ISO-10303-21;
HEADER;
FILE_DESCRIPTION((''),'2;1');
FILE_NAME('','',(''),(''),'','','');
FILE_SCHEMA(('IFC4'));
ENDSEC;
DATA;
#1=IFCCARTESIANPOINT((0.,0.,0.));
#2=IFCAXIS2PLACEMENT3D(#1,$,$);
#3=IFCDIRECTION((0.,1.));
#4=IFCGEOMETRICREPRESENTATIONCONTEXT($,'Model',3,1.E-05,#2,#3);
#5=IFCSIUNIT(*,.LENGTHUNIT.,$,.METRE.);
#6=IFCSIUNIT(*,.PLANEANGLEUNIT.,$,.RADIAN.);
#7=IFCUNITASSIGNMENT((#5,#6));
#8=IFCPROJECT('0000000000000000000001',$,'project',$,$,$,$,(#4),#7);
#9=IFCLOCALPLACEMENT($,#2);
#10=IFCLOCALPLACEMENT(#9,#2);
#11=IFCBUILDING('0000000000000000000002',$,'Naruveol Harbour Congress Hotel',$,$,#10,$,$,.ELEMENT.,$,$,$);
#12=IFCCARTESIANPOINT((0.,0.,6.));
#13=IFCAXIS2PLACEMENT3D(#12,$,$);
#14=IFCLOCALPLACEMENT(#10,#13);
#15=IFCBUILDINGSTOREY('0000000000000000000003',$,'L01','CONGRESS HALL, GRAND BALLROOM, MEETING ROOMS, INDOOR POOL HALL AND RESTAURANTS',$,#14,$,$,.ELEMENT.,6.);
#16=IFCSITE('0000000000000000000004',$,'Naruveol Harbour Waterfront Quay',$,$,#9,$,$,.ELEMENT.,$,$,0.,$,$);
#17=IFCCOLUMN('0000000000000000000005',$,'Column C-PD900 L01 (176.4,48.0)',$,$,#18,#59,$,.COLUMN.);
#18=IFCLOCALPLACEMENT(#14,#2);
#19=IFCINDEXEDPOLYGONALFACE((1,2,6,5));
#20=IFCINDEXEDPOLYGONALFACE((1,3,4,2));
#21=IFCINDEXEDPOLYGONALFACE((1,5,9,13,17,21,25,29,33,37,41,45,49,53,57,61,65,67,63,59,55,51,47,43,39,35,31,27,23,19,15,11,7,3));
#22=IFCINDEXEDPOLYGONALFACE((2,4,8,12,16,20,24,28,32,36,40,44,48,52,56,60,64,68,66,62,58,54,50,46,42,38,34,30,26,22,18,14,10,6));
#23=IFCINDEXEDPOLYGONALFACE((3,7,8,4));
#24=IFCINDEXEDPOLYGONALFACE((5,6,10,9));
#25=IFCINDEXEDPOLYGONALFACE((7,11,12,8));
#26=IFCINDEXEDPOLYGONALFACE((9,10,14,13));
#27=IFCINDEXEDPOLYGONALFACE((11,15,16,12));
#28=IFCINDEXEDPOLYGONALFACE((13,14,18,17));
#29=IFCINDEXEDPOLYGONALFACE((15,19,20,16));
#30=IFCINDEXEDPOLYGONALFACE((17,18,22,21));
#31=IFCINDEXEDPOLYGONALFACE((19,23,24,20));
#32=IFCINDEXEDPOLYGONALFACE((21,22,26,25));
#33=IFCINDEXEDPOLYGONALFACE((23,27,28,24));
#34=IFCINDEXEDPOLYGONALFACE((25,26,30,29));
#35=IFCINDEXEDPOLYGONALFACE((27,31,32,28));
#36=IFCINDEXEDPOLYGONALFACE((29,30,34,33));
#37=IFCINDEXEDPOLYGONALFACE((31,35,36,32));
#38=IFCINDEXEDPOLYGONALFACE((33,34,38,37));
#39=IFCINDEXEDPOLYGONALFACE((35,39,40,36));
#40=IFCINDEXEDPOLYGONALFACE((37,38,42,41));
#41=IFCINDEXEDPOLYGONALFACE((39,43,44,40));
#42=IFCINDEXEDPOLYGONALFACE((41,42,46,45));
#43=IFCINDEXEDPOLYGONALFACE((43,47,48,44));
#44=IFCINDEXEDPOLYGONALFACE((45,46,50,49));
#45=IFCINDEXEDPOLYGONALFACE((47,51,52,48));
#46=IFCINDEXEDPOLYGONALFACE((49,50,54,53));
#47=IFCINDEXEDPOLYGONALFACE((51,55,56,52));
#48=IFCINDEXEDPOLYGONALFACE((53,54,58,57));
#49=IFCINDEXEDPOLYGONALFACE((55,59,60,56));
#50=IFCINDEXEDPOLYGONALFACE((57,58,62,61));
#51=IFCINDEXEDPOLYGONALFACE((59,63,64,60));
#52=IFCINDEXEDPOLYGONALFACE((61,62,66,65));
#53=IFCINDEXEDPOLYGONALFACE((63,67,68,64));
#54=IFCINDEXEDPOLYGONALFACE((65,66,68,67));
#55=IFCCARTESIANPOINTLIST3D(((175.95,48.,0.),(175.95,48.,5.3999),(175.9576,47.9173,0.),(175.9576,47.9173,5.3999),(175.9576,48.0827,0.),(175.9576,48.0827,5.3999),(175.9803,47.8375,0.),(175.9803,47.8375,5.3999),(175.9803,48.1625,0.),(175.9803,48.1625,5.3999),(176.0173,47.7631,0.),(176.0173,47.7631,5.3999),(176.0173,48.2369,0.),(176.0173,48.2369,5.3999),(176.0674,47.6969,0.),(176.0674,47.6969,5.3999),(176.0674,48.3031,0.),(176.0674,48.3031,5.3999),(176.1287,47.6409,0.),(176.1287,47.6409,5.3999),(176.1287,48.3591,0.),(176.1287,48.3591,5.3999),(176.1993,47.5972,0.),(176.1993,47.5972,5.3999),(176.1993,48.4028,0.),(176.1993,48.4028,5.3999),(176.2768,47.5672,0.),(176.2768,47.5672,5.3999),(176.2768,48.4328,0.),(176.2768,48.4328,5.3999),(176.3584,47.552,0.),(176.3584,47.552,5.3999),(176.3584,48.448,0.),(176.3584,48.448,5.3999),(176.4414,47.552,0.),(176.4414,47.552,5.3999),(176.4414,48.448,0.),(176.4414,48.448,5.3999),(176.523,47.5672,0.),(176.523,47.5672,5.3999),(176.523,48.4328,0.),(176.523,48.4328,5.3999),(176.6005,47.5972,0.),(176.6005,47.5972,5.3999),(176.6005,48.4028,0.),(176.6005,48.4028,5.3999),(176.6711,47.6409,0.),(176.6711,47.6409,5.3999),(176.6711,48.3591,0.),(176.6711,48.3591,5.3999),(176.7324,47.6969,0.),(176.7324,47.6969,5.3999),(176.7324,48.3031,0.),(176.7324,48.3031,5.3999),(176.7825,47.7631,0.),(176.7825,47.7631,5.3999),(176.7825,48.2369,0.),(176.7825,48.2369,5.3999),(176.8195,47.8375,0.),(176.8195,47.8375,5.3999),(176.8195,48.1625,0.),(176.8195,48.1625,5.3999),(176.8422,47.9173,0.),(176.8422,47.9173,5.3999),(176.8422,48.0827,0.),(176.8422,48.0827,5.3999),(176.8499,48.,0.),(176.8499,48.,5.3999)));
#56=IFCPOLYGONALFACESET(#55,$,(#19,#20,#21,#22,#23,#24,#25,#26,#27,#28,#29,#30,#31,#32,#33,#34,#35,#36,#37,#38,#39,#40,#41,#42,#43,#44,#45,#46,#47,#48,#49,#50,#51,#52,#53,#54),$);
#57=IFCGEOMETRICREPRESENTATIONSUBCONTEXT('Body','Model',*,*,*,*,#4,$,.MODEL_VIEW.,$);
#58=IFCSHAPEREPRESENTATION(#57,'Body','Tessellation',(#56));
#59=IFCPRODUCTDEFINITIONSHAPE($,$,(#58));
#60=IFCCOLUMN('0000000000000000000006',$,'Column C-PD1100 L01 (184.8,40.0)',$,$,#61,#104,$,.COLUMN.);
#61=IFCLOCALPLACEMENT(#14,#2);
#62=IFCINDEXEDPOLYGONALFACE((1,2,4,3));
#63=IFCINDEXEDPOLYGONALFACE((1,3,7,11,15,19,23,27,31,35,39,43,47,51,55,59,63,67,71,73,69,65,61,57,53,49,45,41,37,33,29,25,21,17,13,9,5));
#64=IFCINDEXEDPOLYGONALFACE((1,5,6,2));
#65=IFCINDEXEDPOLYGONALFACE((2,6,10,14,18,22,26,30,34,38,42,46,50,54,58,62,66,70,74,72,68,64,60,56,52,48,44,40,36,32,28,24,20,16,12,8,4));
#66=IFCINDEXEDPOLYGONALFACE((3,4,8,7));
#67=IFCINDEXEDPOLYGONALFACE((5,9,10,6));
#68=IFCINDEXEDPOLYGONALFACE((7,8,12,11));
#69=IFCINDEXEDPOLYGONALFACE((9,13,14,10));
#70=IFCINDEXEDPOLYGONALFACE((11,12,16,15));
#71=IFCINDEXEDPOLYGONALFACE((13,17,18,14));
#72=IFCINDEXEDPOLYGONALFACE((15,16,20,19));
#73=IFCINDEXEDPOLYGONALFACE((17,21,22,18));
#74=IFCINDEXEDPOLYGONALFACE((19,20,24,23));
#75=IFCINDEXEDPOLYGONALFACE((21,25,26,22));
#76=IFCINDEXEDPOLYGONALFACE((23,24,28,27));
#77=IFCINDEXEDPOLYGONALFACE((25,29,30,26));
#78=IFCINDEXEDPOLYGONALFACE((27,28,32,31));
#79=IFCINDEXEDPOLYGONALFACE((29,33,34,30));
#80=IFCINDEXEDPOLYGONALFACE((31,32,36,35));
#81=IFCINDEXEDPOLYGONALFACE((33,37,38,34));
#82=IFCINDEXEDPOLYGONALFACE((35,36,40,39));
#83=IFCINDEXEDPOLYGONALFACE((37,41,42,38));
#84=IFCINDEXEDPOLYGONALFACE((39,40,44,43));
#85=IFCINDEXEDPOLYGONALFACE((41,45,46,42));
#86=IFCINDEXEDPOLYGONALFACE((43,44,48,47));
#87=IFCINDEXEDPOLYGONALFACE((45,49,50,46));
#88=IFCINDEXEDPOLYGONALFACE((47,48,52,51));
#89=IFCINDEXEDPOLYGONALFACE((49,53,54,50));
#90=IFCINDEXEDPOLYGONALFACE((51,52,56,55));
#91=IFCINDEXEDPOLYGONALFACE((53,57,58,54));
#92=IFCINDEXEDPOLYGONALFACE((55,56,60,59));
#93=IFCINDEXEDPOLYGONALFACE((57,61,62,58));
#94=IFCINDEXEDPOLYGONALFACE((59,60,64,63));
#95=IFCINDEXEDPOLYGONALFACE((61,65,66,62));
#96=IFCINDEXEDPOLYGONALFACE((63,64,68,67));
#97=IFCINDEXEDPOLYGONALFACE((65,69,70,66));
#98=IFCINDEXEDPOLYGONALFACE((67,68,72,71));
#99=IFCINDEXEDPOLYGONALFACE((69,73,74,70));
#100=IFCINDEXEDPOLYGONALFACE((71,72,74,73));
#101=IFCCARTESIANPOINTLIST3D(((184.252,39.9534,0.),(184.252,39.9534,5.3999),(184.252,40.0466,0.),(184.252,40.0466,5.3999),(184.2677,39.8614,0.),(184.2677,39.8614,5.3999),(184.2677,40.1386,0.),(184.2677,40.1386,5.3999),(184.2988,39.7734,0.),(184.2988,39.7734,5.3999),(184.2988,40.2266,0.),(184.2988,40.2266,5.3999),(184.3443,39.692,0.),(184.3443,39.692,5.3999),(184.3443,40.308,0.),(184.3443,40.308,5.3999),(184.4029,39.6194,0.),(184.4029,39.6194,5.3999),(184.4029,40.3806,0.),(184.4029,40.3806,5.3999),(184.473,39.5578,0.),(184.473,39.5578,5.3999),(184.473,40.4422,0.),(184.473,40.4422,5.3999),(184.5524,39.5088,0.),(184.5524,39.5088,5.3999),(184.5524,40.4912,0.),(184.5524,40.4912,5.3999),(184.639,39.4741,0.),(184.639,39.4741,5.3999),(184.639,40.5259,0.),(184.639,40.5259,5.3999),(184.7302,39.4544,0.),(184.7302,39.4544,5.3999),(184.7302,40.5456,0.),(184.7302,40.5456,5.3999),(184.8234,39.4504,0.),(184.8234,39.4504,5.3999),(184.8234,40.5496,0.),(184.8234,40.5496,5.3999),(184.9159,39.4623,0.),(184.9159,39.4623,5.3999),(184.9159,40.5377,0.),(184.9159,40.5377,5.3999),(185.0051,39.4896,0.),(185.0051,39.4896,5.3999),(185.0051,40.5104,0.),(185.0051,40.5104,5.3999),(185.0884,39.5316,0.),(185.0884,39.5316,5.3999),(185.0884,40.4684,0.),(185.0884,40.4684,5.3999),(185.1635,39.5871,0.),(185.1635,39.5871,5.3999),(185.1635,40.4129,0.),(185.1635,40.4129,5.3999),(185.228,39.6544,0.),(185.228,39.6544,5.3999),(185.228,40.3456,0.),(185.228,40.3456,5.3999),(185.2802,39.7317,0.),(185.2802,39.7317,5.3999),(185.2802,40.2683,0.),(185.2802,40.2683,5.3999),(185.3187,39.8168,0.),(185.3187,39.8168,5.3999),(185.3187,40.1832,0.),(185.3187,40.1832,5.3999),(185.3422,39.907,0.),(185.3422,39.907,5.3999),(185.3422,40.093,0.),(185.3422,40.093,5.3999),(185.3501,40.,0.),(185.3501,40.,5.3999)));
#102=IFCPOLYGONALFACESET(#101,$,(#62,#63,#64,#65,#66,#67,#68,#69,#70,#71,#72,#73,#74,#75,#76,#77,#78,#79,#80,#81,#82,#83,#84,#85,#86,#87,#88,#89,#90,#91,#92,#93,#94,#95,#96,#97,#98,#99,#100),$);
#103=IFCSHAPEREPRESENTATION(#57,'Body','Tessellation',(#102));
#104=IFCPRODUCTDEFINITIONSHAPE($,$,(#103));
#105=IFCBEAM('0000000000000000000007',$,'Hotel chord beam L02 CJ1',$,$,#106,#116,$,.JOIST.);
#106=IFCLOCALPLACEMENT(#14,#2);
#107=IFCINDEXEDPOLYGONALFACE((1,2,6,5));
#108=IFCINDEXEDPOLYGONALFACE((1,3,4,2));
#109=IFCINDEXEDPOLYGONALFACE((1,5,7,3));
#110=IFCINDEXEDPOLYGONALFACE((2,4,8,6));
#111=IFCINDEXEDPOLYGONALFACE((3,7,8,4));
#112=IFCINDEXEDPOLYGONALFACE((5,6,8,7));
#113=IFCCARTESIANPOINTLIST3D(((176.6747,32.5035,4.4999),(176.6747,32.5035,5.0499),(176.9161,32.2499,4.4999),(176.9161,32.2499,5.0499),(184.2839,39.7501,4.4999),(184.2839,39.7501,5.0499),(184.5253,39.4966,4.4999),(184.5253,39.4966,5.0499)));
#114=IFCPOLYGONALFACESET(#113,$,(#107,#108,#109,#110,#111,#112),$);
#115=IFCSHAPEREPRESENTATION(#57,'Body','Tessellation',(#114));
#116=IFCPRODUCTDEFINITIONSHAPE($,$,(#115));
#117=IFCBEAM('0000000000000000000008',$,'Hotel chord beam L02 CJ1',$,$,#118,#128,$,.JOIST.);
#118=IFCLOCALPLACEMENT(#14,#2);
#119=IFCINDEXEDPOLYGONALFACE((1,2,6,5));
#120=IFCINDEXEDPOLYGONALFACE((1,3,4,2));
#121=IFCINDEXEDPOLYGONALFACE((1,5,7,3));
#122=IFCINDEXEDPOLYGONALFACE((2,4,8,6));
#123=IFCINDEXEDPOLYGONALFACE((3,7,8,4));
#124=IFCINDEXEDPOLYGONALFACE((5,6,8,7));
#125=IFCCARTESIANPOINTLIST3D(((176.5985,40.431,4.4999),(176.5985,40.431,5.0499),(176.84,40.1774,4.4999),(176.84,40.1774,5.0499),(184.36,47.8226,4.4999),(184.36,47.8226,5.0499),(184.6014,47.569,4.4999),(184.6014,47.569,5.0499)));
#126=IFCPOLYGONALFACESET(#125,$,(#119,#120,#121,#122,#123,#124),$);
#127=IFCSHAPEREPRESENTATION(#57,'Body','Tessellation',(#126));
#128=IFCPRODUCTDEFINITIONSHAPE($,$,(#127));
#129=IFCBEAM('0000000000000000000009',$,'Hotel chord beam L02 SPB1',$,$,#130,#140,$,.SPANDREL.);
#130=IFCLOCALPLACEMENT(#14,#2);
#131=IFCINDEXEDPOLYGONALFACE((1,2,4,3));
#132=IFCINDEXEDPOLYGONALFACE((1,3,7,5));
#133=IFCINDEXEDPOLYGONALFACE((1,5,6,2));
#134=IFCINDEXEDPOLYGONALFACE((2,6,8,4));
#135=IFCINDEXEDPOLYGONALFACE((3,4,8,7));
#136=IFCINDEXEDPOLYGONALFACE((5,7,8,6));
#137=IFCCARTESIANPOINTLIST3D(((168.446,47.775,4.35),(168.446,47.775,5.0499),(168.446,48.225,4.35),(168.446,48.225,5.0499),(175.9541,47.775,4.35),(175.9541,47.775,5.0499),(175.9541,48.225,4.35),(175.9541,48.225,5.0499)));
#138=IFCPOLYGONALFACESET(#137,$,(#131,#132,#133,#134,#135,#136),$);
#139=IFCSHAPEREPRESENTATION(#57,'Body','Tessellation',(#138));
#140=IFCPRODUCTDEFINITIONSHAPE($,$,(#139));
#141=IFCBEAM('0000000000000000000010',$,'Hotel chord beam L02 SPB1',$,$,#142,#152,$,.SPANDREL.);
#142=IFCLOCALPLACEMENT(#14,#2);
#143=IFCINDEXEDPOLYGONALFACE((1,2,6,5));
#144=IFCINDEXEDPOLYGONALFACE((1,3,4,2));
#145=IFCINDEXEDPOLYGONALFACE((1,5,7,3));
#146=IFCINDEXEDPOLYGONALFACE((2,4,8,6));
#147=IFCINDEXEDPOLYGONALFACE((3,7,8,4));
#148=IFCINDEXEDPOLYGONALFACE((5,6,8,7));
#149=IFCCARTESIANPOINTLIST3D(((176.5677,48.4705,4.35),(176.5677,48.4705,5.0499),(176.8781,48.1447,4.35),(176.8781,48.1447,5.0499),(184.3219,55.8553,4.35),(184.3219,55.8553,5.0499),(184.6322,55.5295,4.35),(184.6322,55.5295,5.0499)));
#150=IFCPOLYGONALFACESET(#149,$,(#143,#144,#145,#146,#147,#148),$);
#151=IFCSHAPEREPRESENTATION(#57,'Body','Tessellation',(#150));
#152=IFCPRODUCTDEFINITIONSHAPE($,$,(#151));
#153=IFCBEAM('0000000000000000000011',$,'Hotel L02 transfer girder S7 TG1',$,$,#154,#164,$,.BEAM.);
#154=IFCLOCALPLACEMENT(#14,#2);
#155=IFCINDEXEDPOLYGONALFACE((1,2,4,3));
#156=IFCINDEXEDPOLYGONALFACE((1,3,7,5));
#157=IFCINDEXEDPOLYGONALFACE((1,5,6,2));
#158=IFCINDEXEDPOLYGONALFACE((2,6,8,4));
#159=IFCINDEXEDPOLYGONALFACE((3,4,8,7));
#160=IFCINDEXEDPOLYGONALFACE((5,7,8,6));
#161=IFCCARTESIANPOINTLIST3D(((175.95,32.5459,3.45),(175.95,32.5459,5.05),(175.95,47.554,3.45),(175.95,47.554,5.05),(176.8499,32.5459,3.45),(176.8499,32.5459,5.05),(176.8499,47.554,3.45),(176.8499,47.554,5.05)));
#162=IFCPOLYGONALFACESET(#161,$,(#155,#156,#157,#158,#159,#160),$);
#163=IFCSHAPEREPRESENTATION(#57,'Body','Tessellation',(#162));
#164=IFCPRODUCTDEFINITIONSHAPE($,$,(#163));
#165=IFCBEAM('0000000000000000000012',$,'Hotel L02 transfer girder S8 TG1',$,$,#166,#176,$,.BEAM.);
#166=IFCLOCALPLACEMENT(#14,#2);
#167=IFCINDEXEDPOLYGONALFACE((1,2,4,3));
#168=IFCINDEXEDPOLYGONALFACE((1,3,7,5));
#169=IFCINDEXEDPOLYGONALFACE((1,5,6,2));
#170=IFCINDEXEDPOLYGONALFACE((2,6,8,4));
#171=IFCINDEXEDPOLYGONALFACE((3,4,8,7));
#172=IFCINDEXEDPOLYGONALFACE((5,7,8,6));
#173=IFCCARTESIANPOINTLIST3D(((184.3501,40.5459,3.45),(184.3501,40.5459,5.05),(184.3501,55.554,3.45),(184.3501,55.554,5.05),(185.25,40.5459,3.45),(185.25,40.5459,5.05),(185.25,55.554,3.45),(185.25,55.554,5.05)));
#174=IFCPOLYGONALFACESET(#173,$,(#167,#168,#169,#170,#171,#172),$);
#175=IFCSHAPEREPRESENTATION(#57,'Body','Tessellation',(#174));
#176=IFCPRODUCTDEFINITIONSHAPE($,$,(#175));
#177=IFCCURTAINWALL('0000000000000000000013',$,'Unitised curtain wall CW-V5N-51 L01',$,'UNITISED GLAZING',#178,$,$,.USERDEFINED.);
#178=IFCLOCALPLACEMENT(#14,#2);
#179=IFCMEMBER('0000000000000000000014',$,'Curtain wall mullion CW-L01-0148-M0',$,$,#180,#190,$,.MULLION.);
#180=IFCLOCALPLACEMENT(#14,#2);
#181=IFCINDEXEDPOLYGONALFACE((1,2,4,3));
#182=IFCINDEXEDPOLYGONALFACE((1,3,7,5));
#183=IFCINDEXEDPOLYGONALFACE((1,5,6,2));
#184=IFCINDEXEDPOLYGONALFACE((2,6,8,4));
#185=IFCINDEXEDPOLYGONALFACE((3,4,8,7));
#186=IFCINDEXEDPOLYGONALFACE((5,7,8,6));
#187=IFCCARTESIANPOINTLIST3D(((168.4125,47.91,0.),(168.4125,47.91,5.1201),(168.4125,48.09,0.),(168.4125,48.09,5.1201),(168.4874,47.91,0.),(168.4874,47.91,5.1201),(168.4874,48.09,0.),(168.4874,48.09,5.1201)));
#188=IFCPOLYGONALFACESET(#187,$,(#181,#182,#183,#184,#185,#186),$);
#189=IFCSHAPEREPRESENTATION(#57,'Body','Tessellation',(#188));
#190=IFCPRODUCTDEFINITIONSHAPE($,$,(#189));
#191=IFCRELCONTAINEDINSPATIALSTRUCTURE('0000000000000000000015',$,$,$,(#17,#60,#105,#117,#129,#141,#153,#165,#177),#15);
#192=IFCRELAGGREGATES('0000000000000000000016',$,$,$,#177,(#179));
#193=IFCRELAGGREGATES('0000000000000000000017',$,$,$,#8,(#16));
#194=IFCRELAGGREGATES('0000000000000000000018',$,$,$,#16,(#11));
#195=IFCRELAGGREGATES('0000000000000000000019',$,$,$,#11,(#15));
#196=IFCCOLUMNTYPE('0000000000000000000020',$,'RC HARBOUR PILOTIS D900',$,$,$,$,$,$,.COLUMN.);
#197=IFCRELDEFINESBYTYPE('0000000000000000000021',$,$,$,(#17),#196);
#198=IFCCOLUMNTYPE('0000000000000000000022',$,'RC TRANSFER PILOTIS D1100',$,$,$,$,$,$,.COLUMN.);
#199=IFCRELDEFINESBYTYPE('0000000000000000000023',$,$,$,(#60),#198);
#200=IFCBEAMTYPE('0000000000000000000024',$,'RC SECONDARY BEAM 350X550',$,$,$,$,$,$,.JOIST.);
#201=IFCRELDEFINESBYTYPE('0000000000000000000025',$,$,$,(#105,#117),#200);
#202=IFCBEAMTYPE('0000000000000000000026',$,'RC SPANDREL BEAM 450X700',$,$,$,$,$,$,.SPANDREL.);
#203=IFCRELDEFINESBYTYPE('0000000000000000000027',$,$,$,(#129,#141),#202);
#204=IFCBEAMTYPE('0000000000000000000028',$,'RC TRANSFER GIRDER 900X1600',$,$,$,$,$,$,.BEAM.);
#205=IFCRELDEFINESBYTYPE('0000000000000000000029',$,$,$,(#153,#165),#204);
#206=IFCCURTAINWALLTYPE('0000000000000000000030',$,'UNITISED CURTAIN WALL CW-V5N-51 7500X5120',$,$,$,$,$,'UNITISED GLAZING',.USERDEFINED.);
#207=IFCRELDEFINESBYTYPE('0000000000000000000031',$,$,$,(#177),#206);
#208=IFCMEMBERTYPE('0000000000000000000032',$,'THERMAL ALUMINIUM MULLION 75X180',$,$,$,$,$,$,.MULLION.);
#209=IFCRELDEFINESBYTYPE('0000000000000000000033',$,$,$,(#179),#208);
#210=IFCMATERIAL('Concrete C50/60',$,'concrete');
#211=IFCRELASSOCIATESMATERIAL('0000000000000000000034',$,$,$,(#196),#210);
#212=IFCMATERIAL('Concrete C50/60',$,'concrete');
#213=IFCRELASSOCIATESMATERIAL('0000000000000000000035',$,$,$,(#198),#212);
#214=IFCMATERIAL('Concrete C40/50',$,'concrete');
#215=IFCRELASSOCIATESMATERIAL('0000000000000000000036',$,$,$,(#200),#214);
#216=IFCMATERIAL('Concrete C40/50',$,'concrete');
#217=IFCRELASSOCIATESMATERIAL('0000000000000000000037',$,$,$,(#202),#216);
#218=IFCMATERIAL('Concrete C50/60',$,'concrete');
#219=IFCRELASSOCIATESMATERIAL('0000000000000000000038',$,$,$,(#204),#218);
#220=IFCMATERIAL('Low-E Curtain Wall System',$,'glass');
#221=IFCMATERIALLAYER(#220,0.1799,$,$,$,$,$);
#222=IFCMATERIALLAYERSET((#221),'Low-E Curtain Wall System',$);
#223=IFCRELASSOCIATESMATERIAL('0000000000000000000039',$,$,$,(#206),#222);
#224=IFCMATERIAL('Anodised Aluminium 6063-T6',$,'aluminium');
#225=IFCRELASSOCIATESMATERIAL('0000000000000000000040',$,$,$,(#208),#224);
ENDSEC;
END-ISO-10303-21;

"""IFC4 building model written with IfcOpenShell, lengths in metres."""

from ifc_helpers import new_model, si_unit, direction, frame, origin, origin_2d, place, context, subcontext, project, spatial, rectangle, circle, extrude, material, layer, layer_set, material_profile, profile_set, type_object, element, aggregate, save


model = new_model("IFC4")

# Units and contexts
model_context = context("Model", 3, precision=1e-05, world=origin(), true_north=direction((0.0, 1.0)))
body_context = subcontext(model_context, "Body", "Model", "MODEL_VIEW")
ifc_project = project(units=[si_unit("LENGTHUNIT", "METRE"), si_unit("PLANEANGLEUNIT", "RADIAN")], contexts=[model_context])

# Site, building, storey
site_placement = place(None, origin())
site = spatial("IfcSite", under=ifc_project, at=site_placement, Name="Naruveol Harbour Waterfront Quay", CompositionType="ELEMENT", RefElevation=0.0)
building_placement = place(site_placement, origin())
building = spatial("IfcBuilding", under=site, at=building_placement, Name="Naruveol Harbour Congress Hotel", CompositionType="ELEMENT")
storey_placement = place(building_placement, frame((0.0, 0.0, 6.0)))
storey = spatial("IfcBuildingStorey", under=building, at=storey_placement, Name="L01", Description="CONGRESS HALL, GRAND BALLROOM, MEETING ROOMS, INDOOR POOL HALL AND RESTAURANTS", CompositionType="ELEMENT", Elevation=6.0)

# Columns
ifc_material_1 = material(Name="Concrete C50/60", Category="concrete")
ifc_material_profile_1 = material_profile(ifc_material_1, circle(Radius=0.45, at=origin_2d()), Name="RC-D900")
ifc_profile_set_1 = profile_set([ifc_material_profile_1], Name="Concrete C50/60")
column_type_1 = type_object("IfcColumnType", Name="RC HARBOUR PILOTIS D900", PredefinedType="COLUMN", material=ifc_profile_set_1)
column_1_placement = place(storey_placement, frame((176.3999, 48.0, 0.0), z_axis=(0.0, 0.0, 1.0), x_axis=(1.0, 0.0, 0.0)))
element("IfcColumn", 1, at=column_1_placement, inside=storey, type_object=column_type_1, Name="Column C-PD900 L01 (176.4,48.0)", PredefinedType="COLUMN", context=body_context, shape_type="SweptSolid", body=[
    extrude(circle(Radius=0.45, at=origin_2d()), origin(), (0.0, 0.0, 1.0), 5.3999),
])
ifc_material_2 = material(Name="Concrete C50/60", Category="concrete")
ifc_material_profile_2 = material_profile(ifc_material_2, circle(Radius=0.55, at=origin_2d()), Name="RC-D1100")
ifc_profile_set_2 = profile_set([ifc_material_profile_2], Name="Concrete C50/60")
column_type_2 = type_object("IfcColumnType", Name="RC TRANSFER PILOTIS D1100", PredefinedType="COLUMN", material=ifc_profile_set_2)
column_2_placement = place(storey_placement, frame((184.8, 40.0, 0.0), z_axis=(0.0, 0.0, 1.0), x_axis=(1.0, 0.0, 0.0)))
element("IfcColumn", 2, at=column_2_placement, inside=storey, type_object=column_type_2, Name="Column C-PD1100 L01 (184.8,40.0)", PredefinedType="COLUMN", context=body_context, shape_type="SweptSolid", body=[
    extrude(circle(Radius=0.55, at=origin_2d()), origin(), (0.0, 0.0, 1.0), 5.3999),
])

# Beams
ifc_material_3 = material(Name="Concrete C40/50", Category="concrete")
ifc_material_profile_3 = material_profile(ifc_material_3, rectangle(XDim=0.3501, YDim=0.55, at=origin_2d()), Name="RCB-350x550")
ifc_profile_set_3 = profile_set([ifc_material_profile_3], Name="Concrete C40/50")
beam_type_1 = type_object("IfcBeamType", Name="RC SECONDARY BEAM 350X550", PredefinedType="JOIST", material=ifc_profile_set_3)
beam_1_placement = place(storey_placement, frame((176.7954, 32.3767, 4.7749), z_axis=(0.724148, 0.689645, 0.0), x_axis=(-0.689645, 0.724148, 0.0)))
element("IfcBeam", 3, at=beam_1_placement, inside=storey, type_object=beam_type_1, Name="Hotel chord beam L02 CJ1", PredefinedType="JOIST", context=body_context, shape_type="SweptSolid", body=[
    extrude(rectangle(XDim=0.3501, YDim=0.55, at=origin_2d()), origin(), (0.0, 0.0, 1.0), 10.5078),
])
beam_2_placement = place(storey_placement, frame((176.7192, 40.3042, 4.7749), z_axis=(0.724151, 0.689642, 0.0), x_axis=(-0.689642, 0.724151, 0.0)))
element("IfcBeam", 4, at=beam_2_placement, inside=storey, type_object=beam_type_1, Name="Hotel chord beam L02 CJ1", PredefinedType="JOIST", context=body_context, shape_type="SweptSolid", body=[
    extrude(rectangle(XDim=0.3501, YDim=0.55, at=origin_2d()), origin(), (0.0, 0.0, 1.0), 10.718),
])
ifc_material_4 = material(Name="Concrete C40/50", Category="concrete")
ifc_material_profile_4 = material_profile(ifc_material_4, rectangle(XDim=0.45, YDim=0.7, at=origin_2d()), Name="RCB-450x700")
ifc_profile_set_4 = profile_set([ifc_material_profile_4], Name="Concrete C40/50")
beam_type_2 = type_object("IfcBeamType", Name="RC SPANDREL BEAM 450X700", PredefinedType="SPANDREL", material=ifc_profile_set_4)
beam_3_placement = place(storey_placement, frame((168.446, 48.0, 4.7), z_axis=(1.0, 0.0, 0.0), x_axis=(0.0, 1.0, 0.0)))
element("IfcBeam", 5, at=beam_3_placement, inside=storey, type_object=beam_type_2, Name="Hotel chord beam L02 SPB1", PredefinedType="SPANDREL", context=body_context, shape_type="SweptSolid", body=[
    extrude(rectangle(XDim=0.45, YDim=0.7, at=origin_2d()), origin(), (0.0, 0.0, 1.0), 7.5081),
])
beam_4_placement = place(storey_placement, frame((176.7229, 48.3076, 4.7), z_axis=(0.724144, 0.689648, 0.0), x_axis=(-0.689648, 0.724144, 0.0)))
element("IfcBeam", 6, at=beam_4_placement, inside=storey, type_object=beam_type_2, Name="Hotel chord beam L02 SPB1", PredefinedType="SPANDREL", context=body_context, shape_type="SweptSolid", body=[
    extrude(rectangle(XDim=0.45, YDim=0.7, at=origin_2d()), origin(), (0.0, 0.0, 1.0), 10.708),
])
ifc_material_5 = material(Name="Concrete C50/60", Category="concrete")
ifc_material_profile_5 = material_profile(ifc_material_5, rectangle(XDim=0.8999, YDim=1.6001, at=origin_2d()), Name="RCB-900x1600")
ifc_profile_set_5 = profile_set([ifc_material_profile_5], Name="Concrete C50/60")
beam_type_3 = type_object("IfcBeamType", Name="RC TRANSFER GIRDER 900X1600", PredefinedType="BEAM", material=ifc_profile_set_5)
for number, where, z_axis, x_axis, name in (
    (7, (176.3999, 32.5459, 4.25), (0.0, 1.0, 0.0), (-1.0, 0.0, 0.0), "Hotel L02 transfer girder S7 TG1"),
    (8, (184.8, 40.5459, 4.25), (0.0, 1.0, 0.0), (-1.0, 0.0, 0.0), "Hotel L02 transfer girder S8 TG1"),
):
    element("IfcBeam", number, at=place(storey_placement, frame(where, z_axis=z_axis, x_axis=x_axis)), inside=storey, type_object=beam_type_3, Name=name, PredefinedType="BEAM", context=body_context, shape_type="SweptSolid", body=[
        extrude(rectangle(XDim=0.8999, YDim=1.6001, at=origin_2d()), origin(), (0.0, 0.0, 1.0), 15.0081),
    ])

# Curtain wall, member
ifc_material_6 = material(Name="Low-E Curtain Wall System", Category="glass")
ifc_layer_1 = layer(ifc_material_6, 0.1799)
ifc_layer_set_1 = layer_set([ifc_layer_1], Name="Low-E Curtain Wall System")
curtain_wall_type_1 = type_object("IfcCurtainWallType", Name="UNITISED CURTAIN WALL CW-V5N-51 7500X5120", ElementType="UNITISED GLAZING", PredefinedType="USERDEFINED", material=ifc_layer_set_1)
curtain_wall_1_placement = place(storey_placement, origin())
curtain_wall_1 = element("IfcCurtainWall", 9, at=curtain_wall_1_placement, inside=storey, type_object=curtain_wall_type_1, Name="Unitised curtain wall CW-V5N-51 L01", ObjectType="UNITISED GLAZING", PredefinedType="USERDEFINED")
ifc_material_7 = material(Name="Anodised Aluminium 6063-T6", Category="aluminium")
ifc_material_profile_6 = material_profile(ifc_material_7, rectangle(XDim=0.075, YDim=0.1799, at=origin_2d()), Name="ALU-75x180")
ifc_profile_set_6 = profile_set([ifc_material_profile_6], Name="Anodised Aluminium 6063-T6")
member_type_1 = type_object("IfcMemberType", Name="THERMAL ALUMINIUM MULLION 75X180", PredefinedType="MULLION", material=ifc_profile_set_6)
member_1_placement = place(storey_placement, frame((168.45, 48.0, 0.0), z_axis=(0.0, 0.0, 1.0), x_axis=(1.0, 0.0, 0.0)))
member_1 = element("IfcMember", 10, at=member_1_placement, type_object=member_type_1, Name="Curtain wall mullion CW-L01-0148-M0", PredefinedType="MULLION", context=body_context, shape_type="SweptSolid", body=[
    extrude(rectangle(XDim=0.075, YDim=0.1799, at=origin_2d()), origin(), (0.0, 0.0, 1.0), 5.1201),
])

aggregate(curtain_wall_1, [member_1])

save(model, "model.ifc")
